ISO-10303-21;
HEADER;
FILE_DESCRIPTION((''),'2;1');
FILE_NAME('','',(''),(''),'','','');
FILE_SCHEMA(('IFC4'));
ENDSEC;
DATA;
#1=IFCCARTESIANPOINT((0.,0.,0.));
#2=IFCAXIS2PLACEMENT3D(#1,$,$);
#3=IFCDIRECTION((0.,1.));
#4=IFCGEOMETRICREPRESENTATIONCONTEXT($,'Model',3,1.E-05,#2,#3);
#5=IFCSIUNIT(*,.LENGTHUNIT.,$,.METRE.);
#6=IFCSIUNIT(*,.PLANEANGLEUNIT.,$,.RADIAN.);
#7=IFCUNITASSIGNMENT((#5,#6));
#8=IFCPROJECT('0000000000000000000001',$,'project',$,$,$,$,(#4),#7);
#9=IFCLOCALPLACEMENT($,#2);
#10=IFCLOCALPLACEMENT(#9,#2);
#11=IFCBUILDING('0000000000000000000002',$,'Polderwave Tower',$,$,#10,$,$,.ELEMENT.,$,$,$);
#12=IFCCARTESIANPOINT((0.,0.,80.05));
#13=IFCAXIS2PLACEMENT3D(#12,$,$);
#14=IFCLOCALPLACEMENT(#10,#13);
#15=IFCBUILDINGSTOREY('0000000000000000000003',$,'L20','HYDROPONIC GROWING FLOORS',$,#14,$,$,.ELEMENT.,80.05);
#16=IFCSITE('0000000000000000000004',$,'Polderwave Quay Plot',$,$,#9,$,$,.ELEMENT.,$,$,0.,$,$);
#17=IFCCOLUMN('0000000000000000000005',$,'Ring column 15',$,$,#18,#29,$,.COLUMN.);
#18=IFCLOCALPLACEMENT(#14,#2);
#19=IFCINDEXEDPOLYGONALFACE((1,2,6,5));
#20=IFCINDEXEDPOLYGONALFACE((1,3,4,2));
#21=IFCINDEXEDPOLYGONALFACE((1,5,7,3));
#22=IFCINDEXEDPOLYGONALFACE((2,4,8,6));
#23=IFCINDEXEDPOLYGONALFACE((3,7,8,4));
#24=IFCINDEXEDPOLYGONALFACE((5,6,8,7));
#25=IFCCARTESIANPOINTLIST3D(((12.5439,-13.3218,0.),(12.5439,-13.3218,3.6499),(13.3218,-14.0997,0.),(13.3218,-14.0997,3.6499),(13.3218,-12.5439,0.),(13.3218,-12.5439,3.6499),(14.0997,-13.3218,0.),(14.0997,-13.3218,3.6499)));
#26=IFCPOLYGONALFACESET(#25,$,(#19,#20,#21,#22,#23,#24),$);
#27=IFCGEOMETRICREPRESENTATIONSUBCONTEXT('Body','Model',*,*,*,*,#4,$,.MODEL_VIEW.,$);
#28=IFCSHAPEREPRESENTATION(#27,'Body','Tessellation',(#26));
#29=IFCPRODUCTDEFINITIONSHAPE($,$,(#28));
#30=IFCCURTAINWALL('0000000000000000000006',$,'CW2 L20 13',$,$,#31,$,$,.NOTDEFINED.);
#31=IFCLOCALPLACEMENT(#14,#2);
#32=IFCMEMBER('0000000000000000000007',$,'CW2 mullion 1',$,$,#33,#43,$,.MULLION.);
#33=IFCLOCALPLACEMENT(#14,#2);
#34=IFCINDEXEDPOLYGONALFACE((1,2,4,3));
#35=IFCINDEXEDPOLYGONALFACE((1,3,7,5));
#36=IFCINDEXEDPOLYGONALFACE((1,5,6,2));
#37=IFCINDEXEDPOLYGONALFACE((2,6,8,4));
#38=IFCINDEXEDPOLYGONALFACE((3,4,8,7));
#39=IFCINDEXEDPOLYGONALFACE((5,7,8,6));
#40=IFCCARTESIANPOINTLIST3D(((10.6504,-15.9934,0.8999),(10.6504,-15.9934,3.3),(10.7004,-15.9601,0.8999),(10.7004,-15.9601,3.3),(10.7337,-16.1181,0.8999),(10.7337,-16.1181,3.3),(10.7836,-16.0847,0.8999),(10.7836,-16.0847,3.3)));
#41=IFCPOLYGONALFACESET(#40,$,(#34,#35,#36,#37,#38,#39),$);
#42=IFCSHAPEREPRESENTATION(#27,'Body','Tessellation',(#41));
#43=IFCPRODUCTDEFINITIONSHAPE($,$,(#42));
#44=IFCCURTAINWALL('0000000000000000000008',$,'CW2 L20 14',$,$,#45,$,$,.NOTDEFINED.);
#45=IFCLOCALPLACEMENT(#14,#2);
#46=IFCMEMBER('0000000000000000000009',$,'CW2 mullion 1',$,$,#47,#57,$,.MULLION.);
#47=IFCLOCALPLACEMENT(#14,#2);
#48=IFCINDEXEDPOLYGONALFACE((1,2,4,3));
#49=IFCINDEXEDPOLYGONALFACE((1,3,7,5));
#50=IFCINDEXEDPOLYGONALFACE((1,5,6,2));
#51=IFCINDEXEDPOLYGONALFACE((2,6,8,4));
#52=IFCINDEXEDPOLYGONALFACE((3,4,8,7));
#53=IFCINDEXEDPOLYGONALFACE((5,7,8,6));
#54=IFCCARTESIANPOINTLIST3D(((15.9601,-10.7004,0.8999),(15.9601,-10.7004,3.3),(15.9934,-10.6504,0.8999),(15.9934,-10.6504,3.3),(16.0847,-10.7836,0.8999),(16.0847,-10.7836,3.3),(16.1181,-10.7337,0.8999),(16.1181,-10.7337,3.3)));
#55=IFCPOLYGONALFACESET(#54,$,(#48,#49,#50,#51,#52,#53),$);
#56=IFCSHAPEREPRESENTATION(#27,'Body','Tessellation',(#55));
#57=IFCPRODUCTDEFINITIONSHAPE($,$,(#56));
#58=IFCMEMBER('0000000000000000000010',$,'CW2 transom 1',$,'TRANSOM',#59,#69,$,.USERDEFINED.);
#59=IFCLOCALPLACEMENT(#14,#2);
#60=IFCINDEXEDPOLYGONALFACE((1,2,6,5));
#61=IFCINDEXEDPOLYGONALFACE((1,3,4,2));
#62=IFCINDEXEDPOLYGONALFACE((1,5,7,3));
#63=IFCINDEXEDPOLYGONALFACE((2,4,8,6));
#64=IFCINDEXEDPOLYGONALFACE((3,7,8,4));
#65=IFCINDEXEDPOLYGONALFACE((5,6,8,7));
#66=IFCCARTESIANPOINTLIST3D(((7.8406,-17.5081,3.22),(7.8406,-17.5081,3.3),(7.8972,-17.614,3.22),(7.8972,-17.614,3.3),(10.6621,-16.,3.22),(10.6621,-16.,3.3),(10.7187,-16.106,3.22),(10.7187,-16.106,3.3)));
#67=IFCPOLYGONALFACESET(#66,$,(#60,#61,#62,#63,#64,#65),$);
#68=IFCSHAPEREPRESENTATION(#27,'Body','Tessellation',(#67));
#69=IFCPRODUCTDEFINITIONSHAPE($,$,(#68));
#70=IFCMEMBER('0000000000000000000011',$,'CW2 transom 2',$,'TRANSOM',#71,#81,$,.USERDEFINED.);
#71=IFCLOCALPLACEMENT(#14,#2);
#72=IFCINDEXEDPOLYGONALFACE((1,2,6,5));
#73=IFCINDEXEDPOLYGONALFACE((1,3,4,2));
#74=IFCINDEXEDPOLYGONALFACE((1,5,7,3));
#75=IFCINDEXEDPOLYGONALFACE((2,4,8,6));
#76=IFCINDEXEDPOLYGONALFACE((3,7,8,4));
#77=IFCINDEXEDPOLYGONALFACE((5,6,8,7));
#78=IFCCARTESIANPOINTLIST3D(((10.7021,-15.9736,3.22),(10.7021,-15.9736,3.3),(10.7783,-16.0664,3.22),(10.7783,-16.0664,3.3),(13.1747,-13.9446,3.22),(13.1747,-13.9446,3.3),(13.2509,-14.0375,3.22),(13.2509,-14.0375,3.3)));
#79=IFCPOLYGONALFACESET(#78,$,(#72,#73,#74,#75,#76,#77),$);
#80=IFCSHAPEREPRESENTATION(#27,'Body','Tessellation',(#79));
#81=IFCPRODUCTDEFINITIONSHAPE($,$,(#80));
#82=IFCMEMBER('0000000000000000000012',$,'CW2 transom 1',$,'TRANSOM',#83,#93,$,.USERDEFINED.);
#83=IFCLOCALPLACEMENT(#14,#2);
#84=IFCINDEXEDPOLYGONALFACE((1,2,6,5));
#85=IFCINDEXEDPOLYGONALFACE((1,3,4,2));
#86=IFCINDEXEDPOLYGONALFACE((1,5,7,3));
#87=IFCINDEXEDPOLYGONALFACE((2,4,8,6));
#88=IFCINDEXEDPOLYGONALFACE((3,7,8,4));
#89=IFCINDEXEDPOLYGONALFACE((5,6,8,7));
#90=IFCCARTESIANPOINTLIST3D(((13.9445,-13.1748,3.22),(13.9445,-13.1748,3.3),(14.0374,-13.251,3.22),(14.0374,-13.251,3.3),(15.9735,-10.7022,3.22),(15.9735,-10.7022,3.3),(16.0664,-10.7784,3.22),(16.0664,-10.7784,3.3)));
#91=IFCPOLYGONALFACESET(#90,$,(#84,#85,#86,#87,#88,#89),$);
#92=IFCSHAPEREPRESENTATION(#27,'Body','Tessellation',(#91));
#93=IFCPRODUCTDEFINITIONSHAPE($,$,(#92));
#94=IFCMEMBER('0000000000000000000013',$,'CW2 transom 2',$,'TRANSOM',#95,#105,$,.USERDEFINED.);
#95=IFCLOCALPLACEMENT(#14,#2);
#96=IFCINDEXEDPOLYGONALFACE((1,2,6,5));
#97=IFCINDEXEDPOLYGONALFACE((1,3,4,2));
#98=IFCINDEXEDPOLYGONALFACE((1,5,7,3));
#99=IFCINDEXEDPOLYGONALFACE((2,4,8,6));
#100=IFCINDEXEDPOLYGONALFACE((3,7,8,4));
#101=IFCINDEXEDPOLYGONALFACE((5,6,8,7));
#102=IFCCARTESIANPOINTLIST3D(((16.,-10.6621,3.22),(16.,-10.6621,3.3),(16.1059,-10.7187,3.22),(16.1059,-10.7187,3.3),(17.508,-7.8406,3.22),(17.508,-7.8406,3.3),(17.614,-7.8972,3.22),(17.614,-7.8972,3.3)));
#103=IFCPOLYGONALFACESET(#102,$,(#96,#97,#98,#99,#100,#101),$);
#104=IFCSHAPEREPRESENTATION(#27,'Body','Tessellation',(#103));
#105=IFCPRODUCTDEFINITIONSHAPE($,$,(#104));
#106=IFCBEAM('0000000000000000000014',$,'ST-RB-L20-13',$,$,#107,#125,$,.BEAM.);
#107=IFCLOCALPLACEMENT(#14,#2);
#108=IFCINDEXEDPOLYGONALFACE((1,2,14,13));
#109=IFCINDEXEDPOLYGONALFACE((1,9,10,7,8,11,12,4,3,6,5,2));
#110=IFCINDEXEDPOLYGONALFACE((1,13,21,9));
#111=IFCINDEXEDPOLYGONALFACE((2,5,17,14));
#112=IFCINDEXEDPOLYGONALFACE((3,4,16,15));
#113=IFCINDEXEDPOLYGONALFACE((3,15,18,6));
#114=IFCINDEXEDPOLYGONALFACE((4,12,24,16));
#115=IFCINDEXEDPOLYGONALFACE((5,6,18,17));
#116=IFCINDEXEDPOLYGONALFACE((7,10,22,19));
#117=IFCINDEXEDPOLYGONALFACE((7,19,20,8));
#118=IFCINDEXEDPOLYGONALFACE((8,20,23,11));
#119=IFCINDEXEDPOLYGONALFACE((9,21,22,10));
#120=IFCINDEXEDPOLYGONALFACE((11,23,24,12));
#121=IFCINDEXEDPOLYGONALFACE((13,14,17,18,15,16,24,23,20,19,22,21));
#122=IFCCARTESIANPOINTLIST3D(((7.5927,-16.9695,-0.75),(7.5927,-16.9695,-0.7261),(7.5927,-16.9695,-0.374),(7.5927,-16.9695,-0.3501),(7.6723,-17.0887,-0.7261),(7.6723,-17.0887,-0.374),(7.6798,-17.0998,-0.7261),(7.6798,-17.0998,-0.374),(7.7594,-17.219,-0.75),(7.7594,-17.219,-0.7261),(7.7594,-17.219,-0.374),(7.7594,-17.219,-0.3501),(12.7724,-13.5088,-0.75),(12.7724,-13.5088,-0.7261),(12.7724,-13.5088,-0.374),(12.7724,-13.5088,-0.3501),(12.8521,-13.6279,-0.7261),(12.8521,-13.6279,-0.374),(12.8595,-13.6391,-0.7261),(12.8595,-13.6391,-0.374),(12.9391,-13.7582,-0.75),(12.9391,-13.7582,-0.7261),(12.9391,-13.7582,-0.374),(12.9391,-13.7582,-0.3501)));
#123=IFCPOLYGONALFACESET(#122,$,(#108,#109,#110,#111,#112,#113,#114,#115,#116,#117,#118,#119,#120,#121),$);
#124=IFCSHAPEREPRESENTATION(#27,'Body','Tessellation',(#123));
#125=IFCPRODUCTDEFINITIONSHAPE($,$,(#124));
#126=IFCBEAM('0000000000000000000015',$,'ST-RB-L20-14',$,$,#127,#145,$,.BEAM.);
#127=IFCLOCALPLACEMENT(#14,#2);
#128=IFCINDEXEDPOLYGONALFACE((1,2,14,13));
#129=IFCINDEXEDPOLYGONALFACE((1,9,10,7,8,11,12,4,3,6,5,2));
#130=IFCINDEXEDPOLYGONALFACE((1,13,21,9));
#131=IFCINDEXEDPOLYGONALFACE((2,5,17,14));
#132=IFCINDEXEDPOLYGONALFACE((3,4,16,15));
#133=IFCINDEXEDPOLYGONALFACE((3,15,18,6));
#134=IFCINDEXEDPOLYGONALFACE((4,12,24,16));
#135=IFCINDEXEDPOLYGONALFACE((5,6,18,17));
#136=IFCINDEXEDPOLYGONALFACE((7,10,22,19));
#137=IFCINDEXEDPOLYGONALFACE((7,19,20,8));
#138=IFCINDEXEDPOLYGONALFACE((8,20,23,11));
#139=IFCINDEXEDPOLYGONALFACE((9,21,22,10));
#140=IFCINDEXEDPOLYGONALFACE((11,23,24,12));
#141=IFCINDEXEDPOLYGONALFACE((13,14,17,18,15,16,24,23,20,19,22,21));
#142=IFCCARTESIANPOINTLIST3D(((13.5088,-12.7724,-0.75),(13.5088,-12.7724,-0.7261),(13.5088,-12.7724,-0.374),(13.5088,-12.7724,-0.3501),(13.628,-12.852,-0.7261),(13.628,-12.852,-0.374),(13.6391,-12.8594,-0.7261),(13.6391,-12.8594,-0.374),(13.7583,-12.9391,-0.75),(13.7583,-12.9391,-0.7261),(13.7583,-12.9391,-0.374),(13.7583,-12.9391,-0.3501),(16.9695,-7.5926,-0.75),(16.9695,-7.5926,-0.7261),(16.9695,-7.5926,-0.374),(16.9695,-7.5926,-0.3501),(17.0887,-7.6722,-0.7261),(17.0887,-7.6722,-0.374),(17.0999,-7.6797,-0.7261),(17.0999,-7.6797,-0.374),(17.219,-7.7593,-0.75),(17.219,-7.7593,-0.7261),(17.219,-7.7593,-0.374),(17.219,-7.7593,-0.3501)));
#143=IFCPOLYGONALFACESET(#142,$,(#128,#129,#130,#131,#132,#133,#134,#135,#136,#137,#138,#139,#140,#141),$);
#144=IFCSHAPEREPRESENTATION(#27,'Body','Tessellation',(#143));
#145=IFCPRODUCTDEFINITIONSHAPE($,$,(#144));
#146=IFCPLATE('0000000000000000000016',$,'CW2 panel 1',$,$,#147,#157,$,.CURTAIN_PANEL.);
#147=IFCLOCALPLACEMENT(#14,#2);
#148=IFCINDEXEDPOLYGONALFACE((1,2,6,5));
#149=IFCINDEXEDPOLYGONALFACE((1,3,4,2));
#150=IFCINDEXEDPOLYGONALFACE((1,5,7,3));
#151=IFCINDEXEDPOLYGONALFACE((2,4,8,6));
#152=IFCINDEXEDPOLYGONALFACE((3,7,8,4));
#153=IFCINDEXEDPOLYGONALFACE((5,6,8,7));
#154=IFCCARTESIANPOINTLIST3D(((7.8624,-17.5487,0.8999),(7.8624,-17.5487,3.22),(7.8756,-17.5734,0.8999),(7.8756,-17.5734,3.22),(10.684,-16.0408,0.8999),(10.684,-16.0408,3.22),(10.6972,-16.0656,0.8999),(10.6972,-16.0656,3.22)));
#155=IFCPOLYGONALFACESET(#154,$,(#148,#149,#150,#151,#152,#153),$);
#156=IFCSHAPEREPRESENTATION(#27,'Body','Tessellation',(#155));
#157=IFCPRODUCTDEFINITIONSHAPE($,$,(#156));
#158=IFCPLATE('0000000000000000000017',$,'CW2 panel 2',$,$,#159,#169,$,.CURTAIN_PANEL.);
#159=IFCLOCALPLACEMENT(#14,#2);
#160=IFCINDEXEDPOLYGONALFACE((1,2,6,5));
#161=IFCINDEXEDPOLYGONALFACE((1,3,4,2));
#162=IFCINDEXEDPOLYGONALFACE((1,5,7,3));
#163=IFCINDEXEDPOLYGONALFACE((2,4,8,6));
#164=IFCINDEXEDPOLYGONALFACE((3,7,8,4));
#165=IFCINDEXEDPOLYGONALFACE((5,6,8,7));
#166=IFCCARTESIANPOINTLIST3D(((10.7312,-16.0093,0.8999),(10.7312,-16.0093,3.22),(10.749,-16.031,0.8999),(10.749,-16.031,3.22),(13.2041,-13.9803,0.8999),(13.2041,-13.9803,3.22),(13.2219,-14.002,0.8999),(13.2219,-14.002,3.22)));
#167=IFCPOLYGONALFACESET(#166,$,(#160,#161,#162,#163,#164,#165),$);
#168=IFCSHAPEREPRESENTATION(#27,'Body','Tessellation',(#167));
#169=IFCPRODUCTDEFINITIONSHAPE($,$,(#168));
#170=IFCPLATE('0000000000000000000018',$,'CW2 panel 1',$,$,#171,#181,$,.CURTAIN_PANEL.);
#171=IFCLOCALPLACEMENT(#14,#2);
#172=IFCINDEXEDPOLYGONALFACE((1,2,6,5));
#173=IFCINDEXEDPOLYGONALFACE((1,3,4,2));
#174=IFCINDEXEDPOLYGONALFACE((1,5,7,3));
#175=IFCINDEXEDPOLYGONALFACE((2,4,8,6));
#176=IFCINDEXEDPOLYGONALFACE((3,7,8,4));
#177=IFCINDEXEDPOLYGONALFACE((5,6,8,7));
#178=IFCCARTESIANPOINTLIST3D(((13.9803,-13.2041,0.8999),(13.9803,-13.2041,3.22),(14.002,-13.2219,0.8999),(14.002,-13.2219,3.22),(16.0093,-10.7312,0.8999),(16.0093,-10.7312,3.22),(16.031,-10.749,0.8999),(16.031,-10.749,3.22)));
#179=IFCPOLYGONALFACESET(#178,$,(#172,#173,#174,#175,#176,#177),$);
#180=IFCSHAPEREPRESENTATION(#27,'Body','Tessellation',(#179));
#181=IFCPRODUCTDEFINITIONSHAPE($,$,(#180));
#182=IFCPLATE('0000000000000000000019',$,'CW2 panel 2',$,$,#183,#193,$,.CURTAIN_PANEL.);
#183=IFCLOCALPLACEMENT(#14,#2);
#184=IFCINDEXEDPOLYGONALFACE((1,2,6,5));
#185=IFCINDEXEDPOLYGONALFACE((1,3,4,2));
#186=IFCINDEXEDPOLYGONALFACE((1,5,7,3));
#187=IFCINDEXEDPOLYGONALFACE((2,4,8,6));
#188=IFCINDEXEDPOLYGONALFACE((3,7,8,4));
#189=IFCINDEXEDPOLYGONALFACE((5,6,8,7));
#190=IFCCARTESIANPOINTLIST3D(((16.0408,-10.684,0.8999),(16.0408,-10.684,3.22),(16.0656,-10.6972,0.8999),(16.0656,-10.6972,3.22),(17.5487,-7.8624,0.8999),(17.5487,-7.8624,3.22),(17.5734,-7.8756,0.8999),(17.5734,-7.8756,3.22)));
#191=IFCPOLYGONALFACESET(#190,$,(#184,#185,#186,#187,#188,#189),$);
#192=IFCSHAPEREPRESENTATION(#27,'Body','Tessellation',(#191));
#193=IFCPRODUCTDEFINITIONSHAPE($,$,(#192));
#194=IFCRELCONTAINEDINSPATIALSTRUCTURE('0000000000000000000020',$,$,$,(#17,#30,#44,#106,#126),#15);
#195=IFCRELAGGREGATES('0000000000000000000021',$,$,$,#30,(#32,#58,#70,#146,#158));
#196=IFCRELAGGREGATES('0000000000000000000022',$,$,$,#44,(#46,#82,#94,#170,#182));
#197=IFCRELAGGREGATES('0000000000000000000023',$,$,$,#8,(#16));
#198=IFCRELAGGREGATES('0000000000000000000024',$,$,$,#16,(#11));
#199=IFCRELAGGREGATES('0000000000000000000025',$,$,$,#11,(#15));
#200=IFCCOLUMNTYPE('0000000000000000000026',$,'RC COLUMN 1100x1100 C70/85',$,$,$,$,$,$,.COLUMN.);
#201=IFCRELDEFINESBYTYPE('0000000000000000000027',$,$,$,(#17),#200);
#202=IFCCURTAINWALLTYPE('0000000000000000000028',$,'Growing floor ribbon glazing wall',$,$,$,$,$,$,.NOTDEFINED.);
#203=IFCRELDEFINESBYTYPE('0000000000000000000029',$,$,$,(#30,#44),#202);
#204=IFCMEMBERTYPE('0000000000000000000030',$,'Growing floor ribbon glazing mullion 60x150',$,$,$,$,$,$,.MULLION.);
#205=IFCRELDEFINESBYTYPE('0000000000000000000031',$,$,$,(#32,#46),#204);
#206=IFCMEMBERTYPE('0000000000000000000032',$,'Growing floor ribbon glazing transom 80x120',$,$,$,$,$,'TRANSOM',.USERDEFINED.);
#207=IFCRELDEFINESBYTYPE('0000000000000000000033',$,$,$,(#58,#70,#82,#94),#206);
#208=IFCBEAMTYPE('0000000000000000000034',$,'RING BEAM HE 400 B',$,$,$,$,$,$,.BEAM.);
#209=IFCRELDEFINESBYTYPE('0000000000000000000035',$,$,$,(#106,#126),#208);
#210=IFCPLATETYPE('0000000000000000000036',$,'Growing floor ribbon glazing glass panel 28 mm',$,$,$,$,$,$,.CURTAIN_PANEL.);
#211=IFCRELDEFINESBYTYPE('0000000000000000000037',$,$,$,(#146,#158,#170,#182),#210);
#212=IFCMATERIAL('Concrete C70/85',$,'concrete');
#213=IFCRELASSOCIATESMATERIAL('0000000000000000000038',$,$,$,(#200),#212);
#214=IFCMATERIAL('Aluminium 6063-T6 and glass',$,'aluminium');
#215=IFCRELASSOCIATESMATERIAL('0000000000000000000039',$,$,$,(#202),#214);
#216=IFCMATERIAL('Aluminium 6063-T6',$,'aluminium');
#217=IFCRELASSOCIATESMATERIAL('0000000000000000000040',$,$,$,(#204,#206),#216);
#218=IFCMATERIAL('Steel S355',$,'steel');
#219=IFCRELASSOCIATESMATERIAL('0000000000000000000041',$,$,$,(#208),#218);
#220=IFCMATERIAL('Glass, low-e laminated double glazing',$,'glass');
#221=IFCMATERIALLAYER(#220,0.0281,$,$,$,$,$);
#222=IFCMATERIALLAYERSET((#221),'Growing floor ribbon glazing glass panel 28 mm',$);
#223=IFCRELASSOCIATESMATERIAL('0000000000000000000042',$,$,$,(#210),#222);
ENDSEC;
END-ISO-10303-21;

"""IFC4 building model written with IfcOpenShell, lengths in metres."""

from ifc_helpers import new_model, si_unit, direction, frame, origin, origin_2d, place, context, subcontext, project, spatial, rectangle, i_section, extrude, material, layer, layer_set, material_profile, profile_set, type_object, element, aggregate, save


model = new_model("IFC4")

# Units and contexts
model_context = context("Model", 3, precision=1e-05, world=origin(), true_north=direction((0.0, 1.0)))
body_context = subcontext(model_context, "Body", "Model", "MODEL_VIEW")
ifc_project = project(units=[si_unit("LENGTHUNIT", "METRE"), si_unit("PLANEANGLEUNIT", "RADIAN")], contexts=[model_context])

# Site, building, storey
site_placement = place(None, origin())
site = spatial("IfcSite", under=ifc_project, at=site_placement, Name="Polderwave Quay Plot", CompositionType="ELEMENT", RefElevation=0.0)
building_placement = place(site_placement, origin())
building = spatial("IfcBuilding", under=site, at=building_placement, Name="Polderwave Tower", CompositionType="ELEMENT")
storey_placement = place(building_placement, frame((0.0, 0.0, 80.05)))
storey = spatial("IfcBuildingStorey", under=building, at=storey_placement, Name="L20", Description="HYDROPONIC GROWING FLOORS", CompositionType="ELEMENT", Elevation=80.05)

# Column
ifc_material_1 = material(Name="Concrete C70/85", Category="concrete")
ifc_material_profile_1 = material_profile(ifc_material_1, rectangle(XDim=1.1001, YDim=1.1001, at=origin_2d()), Name="RC 1100x1100")
ifc_profile_set_1 = profile_set([ifc_material_profile_1], Name="Concrete C70/85")
column_type = type_object("IfcColumnType", Name="RC COLUMN 1100x1100 C70/85", PredefinedType="COLUMN", material=ifc_profile_set_1)
column_placement = place(storey_placement, frame((13.3218, -13.3218, 0.0), z_axis=(0.0, 0.0, 1.0), x_axis=(0.707107, -0.707107, 0.0)))
element("IfcColumn", 1, at=column_placement, inside=storey, type_object=column_type, Name="Ring column 15", PredefinedType="COLUMN", context=body_context, shape_type="SweptSolid", body=[
    extrude(rectangle(XDim=1.1001, YDim=1.1001, at=origin_2d()), origin(), (0.0, 0.0, 1.0), 3.6499),
])

# Curtain walls, members
ifc_material_2 = material(Name="Aluminium 6063-T6 and glass", Category="aluminium")
curtain_wall_type = type_object("IfcCurtainWallType", Name="Growing floor ribbon glazing wall", PredefinedType="NOTDEFINED", material=ifc_material_2)
curtain_wall_1_placement = place(storey_placement, origin())
curtain_wall_1 = element("IfcCurtainWall", 2, at=curtain_wall_1_placement, inside=storey, type_object=curtain_wall_type, Name="CW2 L20 13", PredefinedType="NOTDEFINED")
ifc_material_3 = material(Name="Aluminium 6063-T6", Category="aluminium")
ifc_material_profile_2 = material_profile(ifc_material_3, rectangle(XDim=0.1499, YDim=0.0601, at=origin_2d()), Name="AL 60x150")
ifc_profile_set_2 = profile_set([ifc_material_profile_2], Name="Aluminium 6063-T6")
member_type_1 = type_object("IfcMemberType", Name="Growing floor ribbon glazing mullion 60x150", PredefinedType="MULLION", material=ifc_profile_set_2)
member_1_placement = place(storey_placement, frame((10.717, -16.0391, 0.8999), z_axis=(0.0, 0.0, 1.0), x_axis=(-0.555496, 0.831519, 0.0)))
member_1 = element("IfcMember", 3, at=member_1_placement, type_object=member_type_1, Name="CW2 mullion 1", PredefinedType="MULLION", context=body_context, shape_type="SweptSolid", body=[
    extrude(rectangle(XDim=0.1499, YDim=0.0601, at=origin_2d()), origin(), (0.0, 0.0, 1.0), 2.4001),
])
curtain_wall_2_placement = place(storey_placement, origin())
curtain_wall_2 = element("IfcCurtainWall", 4, at=curtain_wall_2_placement, inside=storey, type_object=curtain_wall_type, Name="CW2 L20 14", PredefinedType="NOTDEFINED")
member_2_placement = place(storey_placement, frame((16.0391, -10.717, 0.8999), z_axis=(0.0, 0.0, 1.0), x_axis=(-0.831519, 0.555496, 0.0)))
member_2 = element("IfcMember", 5, at=member_2_placement, type_object=member_type_1, Name="CW2 mullion 1", PredefinedType="MULLION", context=body_context, shape_type="SweptSolid", body=[
    extrude(rectangle(XDim=0.1499, YDim=0.0601, at=origin_2d()), origin(), (0.0, 0.0, 1.0), 2.4001),
])

# Members
ifc_material_profile_3 = material_profile(ifc_material_3, rectangle(XDim=0.1201, YDim=0.0801, at=origin_2d()), Name="AL 80x120")
ifc_profile_set_3 = profile_set([ifc_material_profile_3], Name="Aluminium 6063-T6")
member_type_2 = type_object("IfcMemberType", Name="Growing floor ribbon glazing transom 80x120", ElementType="TRANSOM", PredefinedType="USERDEFINED", material=ifc_profile_set_3)
member_3_placement = place(storey_placement, frame((7.8689, -17.561, 3.26), z_axis=(0.881932, 0.471376, 0.0), x_axis=(-0.471376, 0.881932, 0.0)))
member_3 = element("IfcMember", 6, at=member_3_placement, type_object=member_type_2, Name="CW2 transom 1", ObjectType="TRANSOM", PredefinedType="USERDEFINED", context=body_context, shape_type="SweptSolid", body=[
    extrude(rectangle(XDim=0.1201, YDim=0.0801, at=origin_2d()), origin(), (0.0, 0.0, 1.0), 3.1992),
])
member_4_placement = place(storey_placement, frame((10.7402, -16.02, 3.26), z_axis=(0.773042, 0.634355, 0.0), x_axis=(-0.634355, 0.773042, 0.0)))
member_4 = element("IfcMember", 7, at=member_4_placement, type_object=member_type_2, Name="CW2 transom 2", ObjectType="TRANSOM", PredefinedType="USERDEFINED", context=body_context, shape_type="SweptSolid", body=[
    extrude(rectangle(XDim=0.1201, YDim=0.0801, at=origin_2d()), origin(), (0.0, 0.0, 1.0), 3.1985),
])
member_5_placement = place(storey_placement, frame((13.991, -13.2129, 3.26), z_axis=(0.634355, 0.773042, 0.0), x_axis=(-0.773042, 0.634355, 0.0)))
member_5 = element("IfcMember", 8, at=member_5_placement, type_object=member_type_2, Name="CW2 transom 1", ObjectType="TRANSOM", PredefinedType="USERDEFINED", context=body_context, shape_type="SweptSolid", body=[
    extrude(rectangle(XDim=0.1201, YDim=0.0801, at=origin_2d()), origin(), (0.0, 0.0, 1.0), 3.1985),
])
member_6_placement = place(storey_placement, frame((16.053, -10.6904, 3.26), z_axis=(0.471376, 0.881932, 0.0), x_axis=(-0.881932, 0.471376, 0.0)))
member_6 = element("IfcMember", 9, at=member_6_placement, type_object=member_type_2, Name="CW2 transom 2", ObjectType="TRANSOM", PredefinedType="USERDEFINED", context=body_context, shape_type="SweptSolid", body=[
    extrude(rectangle(XDim=0.1201, YDim=0.0801, at=origin_2d()), origin(), (0.0, 0.0, 1.0), 3.1992),
])

# Beams
ifc_material_4 = material(Name="Steel S355", Category="steel")
ifc_material_profile_4 = material_profile(ifc_material_4, i_section(OverallWidth=0.3, OverallDepth=0.3999, WebThickness=0.0134, FlangeThickness=0.0239, at=origin_2d()), Name="HE 400 B")
ifc_profile_set_4 = profile_set([ifc_material_profile_4], Name="Steel S355")
beam_type = type_object("IfcBeamType", Name="RING BEAM HE 400 B", PredefinedType="BEAM", material=ifc_profile_set_4)
for number, where, z_axis, x_axis, name in (
    (10, (7.676, -17.0942, -0.55), (0.831489, 0.555541, 0.0), (-0.555541, 0.831489, 0.0), "ST-RB-L20-13"),
    (11, (13.6335, -12.8557, -0.55), (0.555541, 0.831489, 0.0), (-0.831489, 0.555541, 0.0), "ST-RB-L20-14"),
):
    element("IfcBeam", number, at=place(storey_placement, frame(where, z_axis=z_axis, x_axis=x_axis)), inside=storey, type_object=beam_type, Name=name, PredefinedType="BEAM", context=body_context, shape_type="SweptSolid", body=[
        extrude(i_section(OverallWidth=0.3, OverallDepth=0.3999, WebThickness=0.0134, FlangeThickness=0.0239, at=origin_2d()), origin(), (0.0, 0.0, 1.0), 6.2295),
    ])

# Plates
ifc_material_5 = material(Name="Glass, low-e laminated double glazing", Category="glass")
ifc_layer_1 = layer(ifc_material_5, 0.0281)
ifc_layer_set_1 = layer_set([ifc_layer_1], Name="Growing floor ribbon glazing glass panel 28 mm")
plate_type = type_object("IfcPlateType", Name="Growing floor ribbon glazing glass panel 28 mm", PredefinedType="CURTAIN_PANEL", material=ifc_layer_set_1)
plate_1_placement = place(storey_placement, frame((9.2798, -16.8071, 0.8999), z_axis=(0.0, 0.0, 1.0), x_axis=(0.881958, 0.471327, 0.0)))
plate_1 = element("IfcPlate", 12, at=plate_1_placement, type_object=plate_type, Name="CW2 panel 1", PredefinedType="CURTAIN_PANEL", context=body_context, shape_type="SweptSolid", body=[
    extrude(rectangle(XDim=3.1992, YDim=0.0281, at=origin_2d()), origin(), (0.0, 0.0, 1.0), 2.3201),
])
plate_2_placement = place(storey_placement, frame((11.9766, -15.0056, 0.8999), z_axis=(0.0, 0.0, 1.0), x_axis=(0.773074, 0.634316, 0.0)))
plate_2 = element("IfcPlate", 13, at=plate_2_placement, type_object=plate_type, Name="CW2 panel 2", PredefinedType="CURTAIN_PANEL", context=body_context, shape_type="SweptSolid", body=[
    extrude(rectangle(XDim=3.1987, YDim=0.0281, at=origin_2d()), origin(), (0.0, 0.0, 1.0), 2.3201),
])
aggregate(curtain_wall_1, [member_1, member_3, member_4, plate_1, plate_2])
plate_3_placement = place(storey_placement, frame((15.0056, -11.9766, 0.8999), z_axis=(0.0, 0.0, 1.0), x_axis=(0.634316, 0.773074, 0.0)))
plate_3 = element("IfcPlate", 14, at=plate_3_placement, type_object=plate_type, Name="CW2 panel 1", PredefinedType="CURTAIN_PANEL", context=body_context, shape_type="SweptSolid", body=[
    extrude(rectangle(XDim=3.1987, YDim=0.0281, at=origin_2d()), origin(), (0.0, 0.0, 1.0), 2.3201),
])
plate_4_placement = place(storey_placement, frame((16.8071, -9.2798, 0.8999), z_axis=(0.0, 0.0, 1.0), x_axis=(0.471327, 0.881958, 0.0)))
plate_4 = element("IfcPlate", 15, at=plate_4_placement, type_object=plate_type, Name="CW2 panel 2", PredefinedType="CURTAIN_PANEL", context=body_context, shape_type="SweptSolid", body=[
    extrude(rectangle(XDim=3.1992, YDim=0.0281, at=origin_2d()), origin(), (0.0, 0.0, 1.0), 2.3201),
])
aggregate(curtain_wall_2, [member_2, member_5, member_6, plate_3, plate_4])

save(model, "model.ifc")
